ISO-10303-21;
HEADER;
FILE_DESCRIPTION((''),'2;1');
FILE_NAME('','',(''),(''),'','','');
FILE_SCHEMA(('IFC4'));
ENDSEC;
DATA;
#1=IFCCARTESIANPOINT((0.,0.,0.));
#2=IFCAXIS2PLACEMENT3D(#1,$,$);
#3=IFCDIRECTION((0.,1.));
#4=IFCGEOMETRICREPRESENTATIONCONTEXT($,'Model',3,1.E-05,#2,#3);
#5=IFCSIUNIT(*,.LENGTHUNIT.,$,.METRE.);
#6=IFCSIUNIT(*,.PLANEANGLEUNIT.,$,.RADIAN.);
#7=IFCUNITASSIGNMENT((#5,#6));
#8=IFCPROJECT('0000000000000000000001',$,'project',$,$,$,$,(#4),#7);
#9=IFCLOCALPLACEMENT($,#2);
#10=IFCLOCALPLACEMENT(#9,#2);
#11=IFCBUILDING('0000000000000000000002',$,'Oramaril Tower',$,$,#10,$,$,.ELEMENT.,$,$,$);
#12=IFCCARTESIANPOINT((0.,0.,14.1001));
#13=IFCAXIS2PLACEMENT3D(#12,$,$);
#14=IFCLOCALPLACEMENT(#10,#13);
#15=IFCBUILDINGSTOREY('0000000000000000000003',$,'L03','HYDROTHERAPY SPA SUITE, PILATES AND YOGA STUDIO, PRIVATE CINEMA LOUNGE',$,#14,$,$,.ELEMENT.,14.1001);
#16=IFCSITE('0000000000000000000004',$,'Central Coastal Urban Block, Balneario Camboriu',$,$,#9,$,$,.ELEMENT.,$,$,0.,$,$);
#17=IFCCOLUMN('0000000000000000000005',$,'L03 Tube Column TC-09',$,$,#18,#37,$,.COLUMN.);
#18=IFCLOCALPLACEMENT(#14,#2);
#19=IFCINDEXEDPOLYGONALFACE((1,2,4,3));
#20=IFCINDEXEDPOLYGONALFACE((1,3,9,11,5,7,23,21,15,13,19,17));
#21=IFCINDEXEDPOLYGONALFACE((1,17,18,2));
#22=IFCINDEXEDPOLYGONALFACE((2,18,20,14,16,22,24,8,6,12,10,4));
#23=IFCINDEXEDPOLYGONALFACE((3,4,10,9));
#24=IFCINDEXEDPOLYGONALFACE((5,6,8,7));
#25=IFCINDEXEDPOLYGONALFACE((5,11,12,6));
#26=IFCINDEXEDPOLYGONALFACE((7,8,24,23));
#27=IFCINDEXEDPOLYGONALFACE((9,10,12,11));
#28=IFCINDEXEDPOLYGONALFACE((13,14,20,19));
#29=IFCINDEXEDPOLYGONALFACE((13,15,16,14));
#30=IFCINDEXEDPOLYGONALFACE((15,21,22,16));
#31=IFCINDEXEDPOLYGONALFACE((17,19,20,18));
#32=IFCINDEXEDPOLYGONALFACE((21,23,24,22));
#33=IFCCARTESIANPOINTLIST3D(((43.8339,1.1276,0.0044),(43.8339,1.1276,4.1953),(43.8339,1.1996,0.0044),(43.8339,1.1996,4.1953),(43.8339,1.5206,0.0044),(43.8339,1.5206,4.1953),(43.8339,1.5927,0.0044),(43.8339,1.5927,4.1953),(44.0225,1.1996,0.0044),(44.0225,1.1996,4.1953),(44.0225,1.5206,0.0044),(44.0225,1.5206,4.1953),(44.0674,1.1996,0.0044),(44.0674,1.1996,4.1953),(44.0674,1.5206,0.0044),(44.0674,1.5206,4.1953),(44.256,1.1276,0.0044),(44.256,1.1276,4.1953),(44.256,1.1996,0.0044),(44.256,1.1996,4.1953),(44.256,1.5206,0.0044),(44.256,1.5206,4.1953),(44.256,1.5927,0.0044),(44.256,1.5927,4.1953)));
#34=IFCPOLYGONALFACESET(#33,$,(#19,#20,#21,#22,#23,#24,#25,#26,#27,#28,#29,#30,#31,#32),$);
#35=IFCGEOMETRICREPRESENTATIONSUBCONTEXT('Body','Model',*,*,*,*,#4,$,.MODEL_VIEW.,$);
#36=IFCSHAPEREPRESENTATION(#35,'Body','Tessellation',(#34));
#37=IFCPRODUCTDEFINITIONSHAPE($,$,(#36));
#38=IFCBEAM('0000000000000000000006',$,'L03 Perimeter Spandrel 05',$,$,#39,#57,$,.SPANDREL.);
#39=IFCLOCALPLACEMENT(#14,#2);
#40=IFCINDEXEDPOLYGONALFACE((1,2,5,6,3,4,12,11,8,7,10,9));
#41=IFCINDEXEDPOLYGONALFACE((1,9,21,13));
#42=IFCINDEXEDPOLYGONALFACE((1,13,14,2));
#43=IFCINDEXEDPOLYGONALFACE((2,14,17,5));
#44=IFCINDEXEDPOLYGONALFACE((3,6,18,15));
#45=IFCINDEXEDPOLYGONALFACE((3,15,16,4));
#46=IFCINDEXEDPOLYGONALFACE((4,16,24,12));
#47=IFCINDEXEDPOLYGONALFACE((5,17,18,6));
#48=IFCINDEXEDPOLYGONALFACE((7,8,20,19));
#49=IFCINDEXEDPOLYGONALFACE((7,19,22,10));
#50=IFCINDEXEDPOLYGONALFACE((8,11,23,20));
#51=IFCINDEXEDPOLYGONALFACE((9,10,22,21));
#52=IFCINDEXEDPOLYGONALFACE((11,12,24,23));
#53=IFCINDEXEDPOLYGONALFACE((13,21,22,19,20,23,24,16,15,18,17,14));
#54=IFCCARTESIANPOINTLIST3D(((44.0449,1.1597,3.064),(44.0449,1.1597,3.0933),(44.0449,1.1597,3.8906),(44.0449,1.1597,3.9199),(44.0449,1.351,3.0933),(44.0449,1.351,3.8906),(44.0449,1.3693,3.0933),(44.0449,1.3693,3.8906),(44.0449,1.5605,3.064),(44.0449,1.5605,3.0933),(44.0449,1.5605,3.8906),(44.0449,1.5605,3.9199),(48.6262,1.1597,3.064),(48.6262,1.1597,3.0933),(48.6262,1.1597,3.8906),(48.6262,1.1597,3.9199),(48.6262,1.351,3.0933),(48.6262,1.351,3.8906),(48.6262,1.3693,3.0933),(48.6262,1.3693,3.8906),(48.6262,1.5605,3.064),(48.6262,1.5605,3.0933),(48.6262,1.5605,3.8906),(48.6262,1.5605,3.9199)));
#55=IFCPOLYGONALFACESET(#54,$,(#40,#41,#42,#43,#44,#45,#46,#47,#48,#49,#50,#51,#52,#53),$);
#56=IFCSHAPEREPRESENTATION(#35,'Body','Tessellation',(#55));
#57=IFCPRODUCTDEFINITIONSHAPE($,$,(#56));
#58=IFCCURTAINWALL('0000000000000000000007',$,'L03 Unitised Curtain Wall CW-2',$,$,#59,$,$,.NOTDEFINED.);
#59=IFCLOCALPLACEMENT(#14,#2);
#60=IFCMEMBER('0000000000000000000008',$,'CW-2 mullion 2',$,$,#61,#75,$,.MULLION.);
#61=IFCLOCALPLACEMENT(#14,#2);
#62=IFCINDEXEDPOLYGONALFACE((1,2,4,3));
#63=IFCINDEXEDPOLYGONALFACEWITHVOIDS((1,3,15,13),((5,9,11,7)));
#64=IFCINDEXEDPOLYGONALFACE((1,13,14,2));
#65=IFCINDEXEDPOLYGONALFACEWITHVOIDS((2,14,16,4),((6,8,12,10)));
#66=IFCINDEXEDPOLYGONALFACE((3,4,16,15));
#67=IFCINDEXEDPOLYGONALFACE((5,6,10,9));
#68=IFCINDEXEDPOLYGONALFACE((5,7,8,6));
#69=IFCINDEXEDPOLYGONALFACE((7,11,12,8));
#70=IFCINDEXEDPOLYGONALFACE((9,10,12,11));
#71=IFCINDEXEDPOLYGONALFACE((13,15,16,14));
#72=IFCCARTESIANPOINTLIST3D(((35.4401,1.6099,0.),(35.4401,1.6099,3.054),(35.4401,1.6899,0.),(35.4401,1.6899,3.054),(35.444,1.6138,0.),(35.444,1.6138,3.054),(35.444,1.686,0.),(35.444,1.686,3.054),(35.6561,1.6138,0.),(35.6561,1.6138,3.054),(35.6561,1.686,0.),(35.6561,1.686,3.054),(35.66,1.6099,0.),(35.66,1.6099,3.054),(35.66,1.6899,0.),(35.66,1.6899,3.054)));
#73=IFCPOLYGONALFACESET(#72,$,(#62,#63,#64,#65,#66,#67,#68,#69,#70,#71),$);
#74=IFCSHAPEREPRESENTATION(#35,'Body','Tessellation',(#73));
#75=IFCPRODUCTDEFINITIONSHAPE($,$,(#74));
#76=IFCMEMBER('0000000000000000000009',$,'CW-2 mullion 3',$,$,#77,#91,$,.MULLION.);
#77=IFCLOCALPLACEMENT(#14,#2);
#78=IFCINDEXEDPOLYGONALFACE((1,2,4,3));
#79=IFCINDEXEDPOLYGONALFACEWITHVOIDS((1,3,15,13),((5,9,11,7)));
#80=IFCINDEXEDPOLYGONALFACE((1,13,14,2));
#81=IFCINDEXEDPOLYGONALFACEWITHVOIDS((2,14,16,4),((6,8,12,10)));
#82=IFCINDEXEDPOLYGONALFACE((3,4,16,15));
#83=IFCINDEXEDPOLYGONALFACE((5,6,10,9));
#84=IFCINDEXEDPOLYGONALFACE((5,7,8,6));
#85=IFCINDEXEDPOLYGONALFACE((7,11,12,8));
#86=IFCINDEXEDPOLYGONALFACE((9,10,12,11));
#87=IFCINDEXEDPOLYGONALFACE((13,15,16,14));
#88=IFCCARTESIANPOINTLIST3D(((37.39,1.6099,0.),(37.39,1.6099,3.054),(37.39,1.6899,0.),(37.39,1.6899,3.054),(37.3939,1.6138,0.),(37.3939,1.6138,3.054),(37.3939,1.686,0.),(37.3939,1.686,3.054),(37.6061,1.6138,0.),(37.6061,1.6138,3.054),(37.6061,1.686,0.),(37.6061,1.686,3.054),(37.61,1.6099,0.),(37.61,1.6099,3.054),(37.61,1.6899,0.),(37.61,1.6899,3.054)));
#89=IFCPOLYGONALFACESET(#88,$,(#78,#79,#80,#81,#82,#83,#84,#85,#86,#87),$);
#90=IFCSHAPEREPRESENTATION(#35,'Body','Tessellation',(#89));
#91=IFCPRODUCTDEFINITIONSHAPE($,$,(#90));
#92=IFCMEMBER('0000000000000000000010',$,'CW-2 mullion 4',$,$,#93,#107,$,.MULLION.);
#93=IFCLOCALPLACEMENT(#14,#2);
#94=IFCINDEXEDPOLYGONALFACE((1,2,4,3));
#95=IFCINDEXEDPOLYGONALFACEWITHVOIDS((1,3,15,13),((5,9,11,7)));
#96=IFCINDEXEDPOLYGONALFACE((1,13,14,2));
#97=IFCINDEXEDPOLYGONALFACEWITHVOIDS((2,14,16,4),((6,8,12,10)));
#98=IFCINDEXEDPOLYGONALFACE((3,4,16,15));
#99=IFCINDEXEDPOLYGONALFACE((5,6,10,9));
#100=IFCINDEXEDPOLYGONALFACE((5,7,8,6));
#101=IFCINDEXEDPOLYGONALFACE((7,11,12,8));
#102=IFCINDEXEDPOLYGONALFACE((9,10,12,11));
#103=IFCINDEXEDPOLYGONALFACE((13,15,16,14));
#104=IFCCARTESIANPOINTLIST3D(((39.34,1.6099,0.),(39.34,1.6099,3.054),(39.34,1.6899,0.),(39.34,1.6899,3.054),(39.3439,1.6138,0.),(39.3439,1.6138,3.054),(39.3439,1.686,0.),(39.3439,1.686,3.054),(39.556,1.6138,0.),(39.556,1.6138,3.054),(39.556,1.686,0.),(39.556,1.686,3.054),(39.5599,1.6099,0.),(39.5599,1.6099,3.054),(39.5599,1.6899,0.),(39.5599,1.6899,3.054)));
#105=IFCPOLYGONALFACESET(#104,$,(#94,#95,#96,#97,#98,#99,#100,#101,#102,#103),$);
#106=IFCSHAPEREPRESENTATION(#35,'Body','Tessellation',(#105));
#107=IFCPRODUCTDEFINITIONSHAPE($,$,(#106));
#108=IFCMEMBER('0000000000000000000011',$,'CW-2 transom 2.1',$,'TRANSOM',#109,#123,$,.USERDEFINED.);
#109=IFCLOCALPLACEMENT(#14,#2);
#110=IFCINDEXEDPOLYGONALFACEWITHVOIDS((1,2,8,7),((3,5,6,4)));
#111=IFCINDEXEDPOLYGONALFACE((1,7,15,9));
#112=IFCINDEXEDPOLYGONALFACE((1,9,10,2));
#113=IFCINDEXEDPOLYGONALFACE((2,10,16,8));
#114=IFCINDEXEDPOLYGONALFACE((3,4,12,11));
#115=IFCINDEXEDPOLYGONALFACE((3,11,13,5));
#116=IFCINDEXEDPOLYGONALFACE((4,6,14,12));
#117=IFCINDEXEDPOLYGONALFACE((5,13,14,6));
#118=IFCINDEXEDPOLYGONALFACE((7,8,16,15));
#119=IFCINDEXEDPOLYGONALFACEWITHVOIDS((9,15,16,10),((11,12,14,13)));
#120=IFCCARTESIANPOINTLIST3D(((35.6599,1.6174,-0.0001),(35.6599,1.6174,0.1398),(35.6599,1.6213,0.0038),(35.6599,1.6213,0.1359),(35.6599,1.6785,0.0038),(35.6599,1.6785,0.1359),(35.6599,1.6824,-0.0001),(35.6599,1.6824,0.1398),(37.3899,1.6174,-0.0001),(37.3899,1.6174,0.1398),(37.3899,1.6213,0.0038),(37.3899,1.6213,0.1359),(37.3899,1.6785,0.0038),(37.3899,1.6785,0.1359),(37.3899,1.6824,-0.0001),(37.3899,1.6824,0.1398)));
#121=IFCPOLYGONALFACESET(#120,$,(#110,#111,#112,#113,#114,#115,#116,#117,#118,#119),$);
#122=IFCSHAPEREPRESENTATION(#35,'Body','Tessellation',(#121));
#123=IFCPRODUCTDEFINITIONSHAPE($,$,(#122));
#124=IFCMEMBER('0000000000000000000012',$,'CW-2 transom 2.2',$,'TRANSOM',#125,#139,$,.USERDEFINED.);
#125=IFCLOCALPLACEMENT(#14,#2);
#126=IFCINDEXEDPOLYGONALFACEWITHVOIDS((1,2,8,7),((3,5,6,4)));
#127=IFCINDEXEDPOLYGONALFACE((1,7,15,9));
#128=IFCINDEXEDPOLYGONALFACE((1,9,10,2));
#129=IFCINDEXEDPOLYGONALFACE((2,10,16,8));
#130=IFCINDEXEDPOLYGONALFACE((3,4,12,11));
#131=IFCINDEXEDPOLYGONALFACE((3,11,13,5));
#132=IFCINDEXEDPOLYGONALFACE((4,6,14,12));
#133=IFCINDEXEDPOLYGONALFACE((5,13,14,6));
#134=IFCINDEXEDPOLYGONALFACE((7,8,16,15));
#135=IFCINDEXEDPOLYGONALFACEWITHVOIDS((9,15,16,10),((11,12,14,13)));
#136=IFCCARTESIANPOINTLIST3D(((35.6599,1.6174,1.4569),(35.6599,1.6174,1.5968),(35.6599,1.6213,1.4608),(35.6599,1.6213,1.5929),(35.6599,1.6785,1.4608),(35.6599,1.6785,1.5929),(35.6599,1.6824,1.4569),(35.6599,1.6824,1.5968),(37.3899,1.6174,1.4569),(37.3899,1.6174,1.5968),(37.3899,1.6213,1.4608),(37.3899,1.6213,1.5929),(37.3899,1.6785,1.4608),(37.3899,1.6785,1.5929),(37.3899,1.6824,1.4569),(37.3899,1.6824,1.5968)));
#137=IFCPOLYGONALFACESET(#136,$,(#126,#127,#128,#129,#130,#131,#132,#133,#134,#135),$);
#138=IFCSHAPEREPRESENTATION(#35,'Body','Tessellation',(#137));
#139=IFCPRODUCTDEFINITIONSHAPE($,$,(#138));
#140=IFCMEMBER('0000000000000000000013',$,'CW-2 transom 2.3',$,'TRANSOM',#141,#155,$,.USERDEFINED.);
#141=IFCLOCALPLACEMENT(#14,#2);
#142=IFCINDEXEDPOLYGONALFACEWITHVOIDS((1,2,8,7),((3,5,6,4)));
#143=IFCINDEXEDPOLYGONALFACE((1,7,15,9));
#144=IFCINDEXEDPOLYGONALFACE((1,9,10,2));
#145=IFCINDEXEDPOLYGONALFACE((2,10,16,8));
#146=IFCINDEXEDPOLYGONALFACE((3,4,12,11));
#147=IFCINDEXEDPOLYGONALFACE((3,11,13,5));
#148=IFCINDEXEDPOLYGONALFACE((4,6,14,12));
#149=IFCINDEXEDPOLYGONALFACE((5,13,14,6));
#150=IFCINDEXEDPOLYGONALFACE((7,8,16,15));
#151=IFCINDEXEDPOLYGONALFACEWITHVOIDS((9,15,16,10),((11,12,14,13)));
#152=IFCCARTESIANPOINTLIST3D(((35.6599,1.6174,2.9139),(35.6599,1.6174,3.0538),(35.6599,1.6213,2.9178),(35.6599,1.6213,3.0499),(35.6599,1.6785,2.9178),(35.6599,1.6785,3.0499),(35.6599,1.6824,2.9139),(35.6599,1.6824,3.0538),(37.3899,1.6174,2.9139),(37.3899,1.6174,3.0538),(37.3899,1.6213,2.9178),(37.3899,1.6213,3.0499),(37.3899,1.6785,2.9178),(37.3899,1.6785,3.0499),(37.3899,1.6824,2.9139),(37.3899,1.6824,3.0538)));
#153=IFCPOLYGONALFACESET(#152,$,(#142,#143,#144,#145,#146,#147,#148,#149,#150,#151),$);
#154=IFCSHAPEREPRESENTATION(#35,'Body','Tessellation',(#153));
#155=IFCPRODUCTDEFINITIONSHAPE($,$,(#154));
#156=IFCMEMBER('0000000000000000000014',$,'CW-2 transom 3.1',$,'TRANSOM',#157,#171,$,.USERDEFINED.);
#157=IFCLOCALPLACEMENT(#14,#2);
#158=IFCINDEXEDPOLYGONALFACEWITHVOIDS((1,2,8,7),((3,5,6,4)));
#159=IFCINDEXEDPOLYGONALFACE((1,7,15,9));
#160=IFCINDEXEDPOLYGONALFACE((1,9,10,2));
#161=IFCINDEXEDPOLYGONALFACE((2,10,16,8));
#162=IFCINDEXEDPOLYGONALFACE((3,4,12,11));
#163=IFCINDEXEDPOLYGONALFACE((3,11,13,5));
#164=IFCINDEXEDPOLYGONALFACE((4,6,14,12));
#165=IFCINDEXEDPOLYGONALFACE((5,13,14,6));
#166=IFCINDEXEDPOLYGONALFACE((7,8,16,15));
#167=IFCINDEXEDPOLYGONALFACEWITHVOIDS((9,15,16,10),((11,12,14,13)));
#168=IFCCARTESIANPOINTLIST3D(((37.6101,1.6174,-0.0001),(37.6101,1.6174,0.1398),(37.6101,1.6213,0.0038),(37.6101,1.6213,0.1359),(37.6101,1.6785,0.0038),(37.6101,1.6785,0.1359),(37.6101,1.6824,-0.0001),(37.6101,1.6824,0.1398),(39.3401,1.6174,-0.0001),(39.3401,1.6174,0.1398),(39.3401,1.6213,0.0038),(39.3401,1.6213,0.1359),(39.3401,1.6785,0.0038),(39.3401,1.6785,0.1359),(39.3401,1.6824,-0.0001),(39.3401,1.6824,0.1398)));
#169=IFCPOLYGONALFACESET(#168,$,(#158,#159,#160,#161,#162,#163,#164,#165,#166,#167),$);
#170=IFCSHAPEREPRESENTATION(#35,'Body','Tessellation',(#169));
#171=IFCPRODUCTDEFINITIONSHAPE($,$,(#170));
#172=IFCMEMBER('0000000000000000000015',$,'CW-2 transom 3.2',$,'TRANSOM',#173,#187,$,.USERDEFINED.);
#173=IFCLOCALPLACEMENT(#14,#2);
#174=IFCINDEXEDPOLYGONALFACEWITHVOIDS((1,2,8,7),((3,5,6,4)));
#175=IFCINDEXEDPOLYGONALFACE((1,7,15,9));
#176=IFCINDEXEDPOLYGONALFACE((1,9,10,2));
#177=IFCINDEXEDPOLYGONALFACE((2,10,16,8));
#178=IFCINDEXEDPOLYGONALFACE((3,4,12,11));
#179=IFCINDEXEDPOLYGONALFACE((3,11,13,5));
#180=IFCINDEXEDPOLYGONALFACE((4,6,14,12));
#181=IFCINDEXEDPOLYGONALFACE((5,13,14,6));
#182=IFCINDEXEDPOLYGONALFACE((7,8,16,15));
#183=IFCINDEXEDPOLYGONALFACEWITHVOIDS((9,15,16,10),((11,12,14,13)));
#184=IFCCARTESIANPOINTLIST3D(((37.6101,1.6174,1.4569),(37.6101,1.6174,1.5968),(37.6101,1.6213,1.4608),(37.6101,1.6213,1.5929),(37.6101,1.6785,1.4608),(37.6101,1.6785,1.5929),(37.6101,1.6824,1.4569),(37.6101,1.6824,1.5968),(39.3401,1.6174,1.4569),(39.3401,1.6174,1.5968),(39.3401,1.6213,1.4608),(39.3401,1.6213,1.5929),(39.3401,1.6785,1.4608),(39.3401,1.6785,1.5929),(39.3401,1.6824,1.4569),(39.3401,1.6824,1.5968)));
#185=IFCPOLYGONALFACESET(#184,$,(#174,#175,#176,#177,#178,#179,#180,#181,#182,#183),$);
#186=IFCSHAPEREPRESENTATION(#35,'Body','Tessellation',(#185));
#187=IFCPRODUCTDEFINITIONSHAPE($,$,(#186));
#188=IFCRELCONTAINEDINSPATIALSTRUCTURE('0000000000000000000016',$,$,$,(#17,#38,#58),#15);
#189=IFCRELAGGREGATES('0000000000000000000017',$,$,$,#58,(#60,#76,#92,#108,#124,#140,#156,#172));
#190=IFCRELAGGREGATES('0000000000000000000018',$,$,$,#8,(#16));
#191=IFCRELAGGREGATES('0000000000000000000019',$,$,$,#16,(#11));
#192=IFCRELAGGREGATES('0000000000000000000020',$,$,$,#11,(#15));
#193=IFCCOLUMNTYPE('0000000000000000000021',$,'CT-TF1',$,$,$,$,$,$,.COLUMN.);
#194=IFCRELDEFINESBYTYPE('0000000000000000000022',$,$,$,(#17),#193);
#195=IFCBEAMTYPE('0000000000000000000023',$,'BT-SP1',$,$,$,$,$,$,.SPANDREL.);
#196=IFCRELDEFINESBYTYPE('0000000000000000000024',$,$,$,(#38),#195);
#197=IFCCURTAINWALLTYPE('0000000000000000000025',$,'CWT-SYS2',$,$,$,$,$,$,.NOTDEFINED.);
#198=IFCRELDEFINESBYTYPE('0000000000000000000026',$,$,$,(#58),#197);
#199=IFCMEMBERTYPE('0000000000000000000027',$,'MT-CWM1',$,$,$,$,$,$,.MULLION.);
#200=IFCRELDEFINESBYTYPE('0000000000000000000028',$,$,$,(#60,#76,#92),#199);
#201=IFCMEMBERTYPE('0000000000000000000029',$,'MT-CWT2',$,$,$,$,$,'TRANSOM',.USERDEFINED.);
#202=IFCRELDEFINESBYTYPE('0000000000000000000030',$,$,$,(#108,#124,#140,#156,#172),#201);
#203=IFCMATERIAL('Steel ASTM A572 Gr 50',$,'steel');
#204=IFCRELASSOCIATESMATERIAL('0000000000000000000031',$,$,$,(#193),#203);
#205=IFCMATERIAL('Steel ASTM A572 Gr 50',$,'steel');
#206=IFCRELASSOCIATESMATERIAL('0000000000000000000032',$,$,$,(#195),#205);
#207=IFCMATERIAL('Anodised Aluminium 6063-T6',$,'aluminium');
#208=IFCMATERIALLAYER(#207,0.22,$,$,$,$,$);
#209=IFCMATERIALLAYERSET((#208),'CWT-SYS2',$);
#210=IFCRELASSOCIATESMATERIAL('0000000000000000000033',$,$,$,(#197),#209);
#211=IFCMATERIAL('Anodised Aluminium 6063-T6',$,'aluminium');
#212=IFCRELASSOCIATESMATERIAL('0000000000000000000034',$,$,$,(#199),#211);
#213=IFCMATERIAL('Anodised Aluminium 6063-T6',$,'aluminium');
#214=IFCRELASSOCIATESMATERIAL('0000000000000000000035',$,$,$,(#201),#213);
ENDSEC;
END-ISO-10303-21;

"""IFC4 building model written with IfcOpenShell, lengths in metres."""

from ifc_helpers import new_model, si_unit, direction, frame, origin, origin_2d, place, context, subcontext, project, spatial, hollow_rectangle, i_section, extrude, material, layer, layer_set, material_profile, profile_set, type_object, element, aggregate, save


model = new_model("IFC4")

# Units and contexts
model_context = context("Model", 3, precision=1e-05, world=origin(), true_north=direction((0.0, 1.0)))
body_context = subcontext(model_context, "Body", "Model", "MODEL_VIEW")
ifc_project = project(units=[si_unit("LENGTHUNIT", "METRE"), si_unit("PLANEANGLEUNIT", "RADIAN")], contexts=[model_context])

# Site, building, storey
site_placement = place(None, origin())
site = spatial("IfcSite", under=ifc_project, at=site_placement, Name="Central Coastal Urban Block, Balneario Camboriu", CompositionType="ELEMENT", RefElevation=0.0)
building_placement = place(site_placement, origin())
building = spatial("IfcBuilding", under=site, at=building_placement, Name="Oramaril Tower", CompositionType="ELEMENT")
storey_placement = place(building_placement, frame((0.0, 0.0, 14.1001)))
storey = spatial("IfcBuildingStorey", under=building, at=storey_placement, Name="L03", Description="HYDROTHERAPY SPA SUITE, PILATES AND YOGA STUDIO, PRIVATE CINEMA LOUNGE", CompositionType="ELEMENT", Elevation=14.1001)

# Column
ifc_material_1 = material(Name="Steel ASTM A572 Gr 50", Category="steel")
ifc_material_profile_1 = material_profile(ifc_material_1, i_section(OverallWidth=0.4221, OverallDepth=0.4651, WebThickness=0.0449, FlangeThickness=0.072, at=origin_2d()), Name="W14X398")
ifc_profile_set_1 = profile_set([ifc_material_profile_1], Name="Steel ASTM A572 Gr 50")
column_type = type_object("IfcColumnType", Name="CT-TF1", PredefinedType="COLUMN", material=ifc_profile_set_1)
column_placement = place(storey_placement, frame((44.0449, 1.3601, 0.0044), z_axis=(0.0, 0.0, 1.0), x_axis=(1.0, 0.0, 0.0)))
element("IfcColumn", 1, at=column_placement, inside=storey, type_object=column_type, Name="L03 Tube Column TC-09", PredefinedType="COLUMN", context=body_context, shape_type="SweptSolid", body=[
    extrude(i_section(OverallWidth=0.4221, OverallDepth=0.4651, WebThickness=0.0449, FlangeThickness=0.072, at=origin_2d()), origin(), (0.0, 0.0, 1.0), 4.1909),
])

# Beam
ifc_material_2 = material(Name="Steel ASTM A572 Gr 50", Category="steel")
ifc_material_profile_2 = material_profile(ifc_material_2, i_section(OverallWidth=0.4009, OverallDepth=0.856, WebThickness=0.0183, FlangeThickness=0.0293, at=origin_2d()), Name="W33X201")
ifc_profile_set_2 = profile_set([ifc_material_profile_2], Name="Steel ASTM A572 Gr 50")
beam_type = type_object("IfcBeamType", Name="BT-SP1", PredefinedType="SPANDREL", material=ifc_profile_set_2)
beam_placement = place(storey_placement, frame((44.0449, 1.3601, 3.4919), z_axis=(1.0, 0.0, 0.0), x_axis=(0.0, 1.0, 0.0)))
element("IfcBeam", 2, at=beam_placement, inside=storey, type_object=beam_type, Name="L03 Perimeter Spandrel 05", PredefinedType="SPANDREL", context=body_context, shape_type="SweptSolid", body=[
    extrude(i_section(OverallWidth=0.4009, OverallDepth=0.856, WebThickness=0.0183, FlangeThickness=0.0293, at=origin_2d()), origin(), (0.0, 0.0, 1.0), 4.5813),
])

# Curtain wall, members
ifc_material_3 = material(Name="Anodised Aluminium 6063-T6", Category="aluminium")
ifc_layer_1 = layer(ifc_material_3, 0.22)
ifc_layer_set_1 = layer_set([ifc_layer_1], Name="CWT-SYS2")
curtain_wall_type = type_object("IfcCurtainWallType", Name="CWT-SYS2", PredefinedType="NOTDEFINED", material=ifc_layer_set_1)
curtain_wall_placement = place(storey_placement, origin())
curtain_wall = element("IfcCurtainWall", 3, at=curtain_wall_placement, inside=storey, type_object=curtain_wall_type, Name="L03 Unitised Curtain Wall CW-2", PredefinedType="NOTDEFINED")
ifc_material_4 = material(Name="Anodised Aluminium 6063-T6", Category="aluminium")
ifc_material_profile_3 = material_profile(ifc_material_4, hollow_rectangle(XDim=0.0801, YDim=0.22, WallThickness=0.0039, at=origin_2d()), Name="CWM220X80")
ifc_profile_set_3 = profile_set([ifc_material_profile_3], Name="Anodised Aluminium 6063-T6")
member_type_1 = type_object("IfcMemberType", Name="MT-CWM1", PredefinedType="MULLION", material=ifc_profile_set_3)
member_1_placement = place(storey_placement, frame((35.55, 1.6499, 0.0), z_axis=(0.0, 0.0, 1.0), x_axis=(0.0, 1.0, 0.0)))
member_1 = element("IfcMember", 4, at=member_1_placement, type_object=member_type_1, Name="CW-2 mullion 2", PredefinedType="MULLION", context=body_context, shape_type="SweptSolid", body=[
    extrude(hollow_rectangle(XDim=0.0801, YDim=0.22, WallThickness=0.0039, at=origin_2d()), origin(), (0.0, 0.0, 1.0), 3.054),
])
member_2_placement = place(storey_placement, frame((37.5, 1.6499, 0.0), z_axis=(0.0, 0.0, 1.0), x_axis=(0.0, 1.0, 0.0)))
member_2 = element("IfcMember", 5, at=member_2_placement, type_object=member_type_1, Name="CW-2 mullion 3", PredefinedType="MULLION", context=body_context, shape_type="SweptSolid", body=[
    extrude(hollow_rectangle(XDim=0.0801, YDim=0.22, WallThickness=0.0039, at=origin_2d()), origin(), (0.0, 0.0, 1.0), 3.054),
])
member_3_placement = place(storey_placement, frame((39.45, 1.6499, 0.0), z_axis=(0.0, 0.0, 1.0), x_axis=(0.0, 1.0, 0.0)))
member_3 = element("IfcMember", 6, at=member_3_placement, type_object=member_type_1, Name="CW-2 mullion 4", PredefinedType="MULLION", context=body_context, shape_type="SweptSolid", body=[
    extrude(hollow_rectangle(XDim=0.0801, YDim=0.22, WallThickness=0.0039, at=origin_2d()), origin(), (0.0, 0.0, 1.0), 3.054),
])
ifc_material_5 = material(Name="Anodised Aluminium 6063-T6", Category="aluminium")
ifc_material_profile_4 = material_profile(ifc_material_5, hollow_rectangle(XDim=0.0649, YDim=0.1399, WallThickness=0.0039, at=origin_2d()), Name="CWT140X65")
ifc_profile_set_4 = profile_set([ifc_material_profile_4], Name="Anodised Aluminium 6063-T6")
member_type_2 = type_object("IfcMemberType", Name="MT-CWT2", ElementType="TRANSOM", PredefinedType="USERDEFINED", material=ifc_profile_set_4)
member_4_placement = place(storey_placement, frame((35.6599, 1.6499, 0.0698), z_axis=(1.0, 0.0, 0.0), x_axis=(0.0, 1.0, 0.0)))
member_4 = element("IfcMember", 7, at=member_4_placement, type_object=member_type_2, Name="CW-2 transom 2.1", ObjectType="TRANSOM", PredefinedType="USERDEFINED", context=body_context, shape_type="SweptSolid", body=[
    extrude(hollow_rectangle(XDim=0.0649, YDim=0.1399, WallThickness=0.0039, at=origin_2d()), origin(), (0.0, 0.0, 1.0), 1.73),
])
member_5_placement = place(storey_placement, frame((35.6599, 1.6499, 1.5269), z_axis=(1.0, 0.0, 0.0), x_axis=(0.0, 1.0, 0.0)))
member_5 = element("IfcMember", 8, at=member_5_placement, type_object=member_type_2, Name="CW-2 transom 2.2", ObjectType="TRANSOM", PredefinedType="USERDEFINED", context=body_context, shape_type="SweptSolid", body=[
    extrude(hollow_rectangle(XDim=0.0649, YDim=0.1399, WallThickness=0.0039, at=origin_2d()), origin(), (0.0, 0.0, 1.0), 1.73),
])
member_6_placement = place(storey_placement, frame((35.6599, 1.6499, 2.9839), z_axis=(1.0, 0.0, 0.0), x_axis=(0.0, 1.0, 0.0)))
member_6 = element("IfcMember", 9, at=member_6_placement, type_object=member_type_2, Name="CW-2 transom 2.3", ObjectType="TRANSOM", PredefinedType="USERDEFINED", context=body_context, shape_type="SweptSolid", body=[
    extrude(hollow_rectangle(XDim=0.0649, YDim=0.1399, WallThickness=0.0039, at=origin_2d()), origin(), (0.0, 0.0, 1.0), 1.73),
])
member_7_placement = place(storey_placement, frame((37.6101, 1.6499, 0.0698), z_axis=(1.0, 0.0, 0.0), x_axis=(0.0, 1.0, 0.0)))
member_7 = element("IfcMember", 10, at=member_7_placement, type_object=member_type_2, Name="CW-2 transom 3.1", ObjectType="TRANSOM", PredefinedType="USERDEFINED", context=body_context, shape_type="SweptSolid", body=[
    extrude(hollow_rectangle(XDim=0.0649, YDim=0.1399, WallThickness=0.0039, at=origin_2d()), origin(), (0.0, 0.0, 1.0), 1.73),
])
member_8_placement = place(storey_placement, frame((37.6101, 1.6499, 1.5269), z_axis=(1.0, 0.0, 0.0), x_axis=(0.0, 1.0, 0.0)))
member_8 = element("IfcMember", 11, at=member_8_placement, type_object=member_type_2, Name="CW-2 transom 3.2", ObjectType="TRANSOM", PredefinedType="USERDEFINED", context=body_context, shape_type="SweptSolid", body=[
    extrude(hollow_rectangle(XDim=0.0649, YDim=0.1399, WallThickness=0.0039, at=origin_2d()), origin(), (0.0, 0.0, 1.0), 1.73),
])
aggregate(curtain_wall, [member_1, member_2, member_3, member_4, member_5, member_6, member_7, member_8])

save(model, "model.ifc")
